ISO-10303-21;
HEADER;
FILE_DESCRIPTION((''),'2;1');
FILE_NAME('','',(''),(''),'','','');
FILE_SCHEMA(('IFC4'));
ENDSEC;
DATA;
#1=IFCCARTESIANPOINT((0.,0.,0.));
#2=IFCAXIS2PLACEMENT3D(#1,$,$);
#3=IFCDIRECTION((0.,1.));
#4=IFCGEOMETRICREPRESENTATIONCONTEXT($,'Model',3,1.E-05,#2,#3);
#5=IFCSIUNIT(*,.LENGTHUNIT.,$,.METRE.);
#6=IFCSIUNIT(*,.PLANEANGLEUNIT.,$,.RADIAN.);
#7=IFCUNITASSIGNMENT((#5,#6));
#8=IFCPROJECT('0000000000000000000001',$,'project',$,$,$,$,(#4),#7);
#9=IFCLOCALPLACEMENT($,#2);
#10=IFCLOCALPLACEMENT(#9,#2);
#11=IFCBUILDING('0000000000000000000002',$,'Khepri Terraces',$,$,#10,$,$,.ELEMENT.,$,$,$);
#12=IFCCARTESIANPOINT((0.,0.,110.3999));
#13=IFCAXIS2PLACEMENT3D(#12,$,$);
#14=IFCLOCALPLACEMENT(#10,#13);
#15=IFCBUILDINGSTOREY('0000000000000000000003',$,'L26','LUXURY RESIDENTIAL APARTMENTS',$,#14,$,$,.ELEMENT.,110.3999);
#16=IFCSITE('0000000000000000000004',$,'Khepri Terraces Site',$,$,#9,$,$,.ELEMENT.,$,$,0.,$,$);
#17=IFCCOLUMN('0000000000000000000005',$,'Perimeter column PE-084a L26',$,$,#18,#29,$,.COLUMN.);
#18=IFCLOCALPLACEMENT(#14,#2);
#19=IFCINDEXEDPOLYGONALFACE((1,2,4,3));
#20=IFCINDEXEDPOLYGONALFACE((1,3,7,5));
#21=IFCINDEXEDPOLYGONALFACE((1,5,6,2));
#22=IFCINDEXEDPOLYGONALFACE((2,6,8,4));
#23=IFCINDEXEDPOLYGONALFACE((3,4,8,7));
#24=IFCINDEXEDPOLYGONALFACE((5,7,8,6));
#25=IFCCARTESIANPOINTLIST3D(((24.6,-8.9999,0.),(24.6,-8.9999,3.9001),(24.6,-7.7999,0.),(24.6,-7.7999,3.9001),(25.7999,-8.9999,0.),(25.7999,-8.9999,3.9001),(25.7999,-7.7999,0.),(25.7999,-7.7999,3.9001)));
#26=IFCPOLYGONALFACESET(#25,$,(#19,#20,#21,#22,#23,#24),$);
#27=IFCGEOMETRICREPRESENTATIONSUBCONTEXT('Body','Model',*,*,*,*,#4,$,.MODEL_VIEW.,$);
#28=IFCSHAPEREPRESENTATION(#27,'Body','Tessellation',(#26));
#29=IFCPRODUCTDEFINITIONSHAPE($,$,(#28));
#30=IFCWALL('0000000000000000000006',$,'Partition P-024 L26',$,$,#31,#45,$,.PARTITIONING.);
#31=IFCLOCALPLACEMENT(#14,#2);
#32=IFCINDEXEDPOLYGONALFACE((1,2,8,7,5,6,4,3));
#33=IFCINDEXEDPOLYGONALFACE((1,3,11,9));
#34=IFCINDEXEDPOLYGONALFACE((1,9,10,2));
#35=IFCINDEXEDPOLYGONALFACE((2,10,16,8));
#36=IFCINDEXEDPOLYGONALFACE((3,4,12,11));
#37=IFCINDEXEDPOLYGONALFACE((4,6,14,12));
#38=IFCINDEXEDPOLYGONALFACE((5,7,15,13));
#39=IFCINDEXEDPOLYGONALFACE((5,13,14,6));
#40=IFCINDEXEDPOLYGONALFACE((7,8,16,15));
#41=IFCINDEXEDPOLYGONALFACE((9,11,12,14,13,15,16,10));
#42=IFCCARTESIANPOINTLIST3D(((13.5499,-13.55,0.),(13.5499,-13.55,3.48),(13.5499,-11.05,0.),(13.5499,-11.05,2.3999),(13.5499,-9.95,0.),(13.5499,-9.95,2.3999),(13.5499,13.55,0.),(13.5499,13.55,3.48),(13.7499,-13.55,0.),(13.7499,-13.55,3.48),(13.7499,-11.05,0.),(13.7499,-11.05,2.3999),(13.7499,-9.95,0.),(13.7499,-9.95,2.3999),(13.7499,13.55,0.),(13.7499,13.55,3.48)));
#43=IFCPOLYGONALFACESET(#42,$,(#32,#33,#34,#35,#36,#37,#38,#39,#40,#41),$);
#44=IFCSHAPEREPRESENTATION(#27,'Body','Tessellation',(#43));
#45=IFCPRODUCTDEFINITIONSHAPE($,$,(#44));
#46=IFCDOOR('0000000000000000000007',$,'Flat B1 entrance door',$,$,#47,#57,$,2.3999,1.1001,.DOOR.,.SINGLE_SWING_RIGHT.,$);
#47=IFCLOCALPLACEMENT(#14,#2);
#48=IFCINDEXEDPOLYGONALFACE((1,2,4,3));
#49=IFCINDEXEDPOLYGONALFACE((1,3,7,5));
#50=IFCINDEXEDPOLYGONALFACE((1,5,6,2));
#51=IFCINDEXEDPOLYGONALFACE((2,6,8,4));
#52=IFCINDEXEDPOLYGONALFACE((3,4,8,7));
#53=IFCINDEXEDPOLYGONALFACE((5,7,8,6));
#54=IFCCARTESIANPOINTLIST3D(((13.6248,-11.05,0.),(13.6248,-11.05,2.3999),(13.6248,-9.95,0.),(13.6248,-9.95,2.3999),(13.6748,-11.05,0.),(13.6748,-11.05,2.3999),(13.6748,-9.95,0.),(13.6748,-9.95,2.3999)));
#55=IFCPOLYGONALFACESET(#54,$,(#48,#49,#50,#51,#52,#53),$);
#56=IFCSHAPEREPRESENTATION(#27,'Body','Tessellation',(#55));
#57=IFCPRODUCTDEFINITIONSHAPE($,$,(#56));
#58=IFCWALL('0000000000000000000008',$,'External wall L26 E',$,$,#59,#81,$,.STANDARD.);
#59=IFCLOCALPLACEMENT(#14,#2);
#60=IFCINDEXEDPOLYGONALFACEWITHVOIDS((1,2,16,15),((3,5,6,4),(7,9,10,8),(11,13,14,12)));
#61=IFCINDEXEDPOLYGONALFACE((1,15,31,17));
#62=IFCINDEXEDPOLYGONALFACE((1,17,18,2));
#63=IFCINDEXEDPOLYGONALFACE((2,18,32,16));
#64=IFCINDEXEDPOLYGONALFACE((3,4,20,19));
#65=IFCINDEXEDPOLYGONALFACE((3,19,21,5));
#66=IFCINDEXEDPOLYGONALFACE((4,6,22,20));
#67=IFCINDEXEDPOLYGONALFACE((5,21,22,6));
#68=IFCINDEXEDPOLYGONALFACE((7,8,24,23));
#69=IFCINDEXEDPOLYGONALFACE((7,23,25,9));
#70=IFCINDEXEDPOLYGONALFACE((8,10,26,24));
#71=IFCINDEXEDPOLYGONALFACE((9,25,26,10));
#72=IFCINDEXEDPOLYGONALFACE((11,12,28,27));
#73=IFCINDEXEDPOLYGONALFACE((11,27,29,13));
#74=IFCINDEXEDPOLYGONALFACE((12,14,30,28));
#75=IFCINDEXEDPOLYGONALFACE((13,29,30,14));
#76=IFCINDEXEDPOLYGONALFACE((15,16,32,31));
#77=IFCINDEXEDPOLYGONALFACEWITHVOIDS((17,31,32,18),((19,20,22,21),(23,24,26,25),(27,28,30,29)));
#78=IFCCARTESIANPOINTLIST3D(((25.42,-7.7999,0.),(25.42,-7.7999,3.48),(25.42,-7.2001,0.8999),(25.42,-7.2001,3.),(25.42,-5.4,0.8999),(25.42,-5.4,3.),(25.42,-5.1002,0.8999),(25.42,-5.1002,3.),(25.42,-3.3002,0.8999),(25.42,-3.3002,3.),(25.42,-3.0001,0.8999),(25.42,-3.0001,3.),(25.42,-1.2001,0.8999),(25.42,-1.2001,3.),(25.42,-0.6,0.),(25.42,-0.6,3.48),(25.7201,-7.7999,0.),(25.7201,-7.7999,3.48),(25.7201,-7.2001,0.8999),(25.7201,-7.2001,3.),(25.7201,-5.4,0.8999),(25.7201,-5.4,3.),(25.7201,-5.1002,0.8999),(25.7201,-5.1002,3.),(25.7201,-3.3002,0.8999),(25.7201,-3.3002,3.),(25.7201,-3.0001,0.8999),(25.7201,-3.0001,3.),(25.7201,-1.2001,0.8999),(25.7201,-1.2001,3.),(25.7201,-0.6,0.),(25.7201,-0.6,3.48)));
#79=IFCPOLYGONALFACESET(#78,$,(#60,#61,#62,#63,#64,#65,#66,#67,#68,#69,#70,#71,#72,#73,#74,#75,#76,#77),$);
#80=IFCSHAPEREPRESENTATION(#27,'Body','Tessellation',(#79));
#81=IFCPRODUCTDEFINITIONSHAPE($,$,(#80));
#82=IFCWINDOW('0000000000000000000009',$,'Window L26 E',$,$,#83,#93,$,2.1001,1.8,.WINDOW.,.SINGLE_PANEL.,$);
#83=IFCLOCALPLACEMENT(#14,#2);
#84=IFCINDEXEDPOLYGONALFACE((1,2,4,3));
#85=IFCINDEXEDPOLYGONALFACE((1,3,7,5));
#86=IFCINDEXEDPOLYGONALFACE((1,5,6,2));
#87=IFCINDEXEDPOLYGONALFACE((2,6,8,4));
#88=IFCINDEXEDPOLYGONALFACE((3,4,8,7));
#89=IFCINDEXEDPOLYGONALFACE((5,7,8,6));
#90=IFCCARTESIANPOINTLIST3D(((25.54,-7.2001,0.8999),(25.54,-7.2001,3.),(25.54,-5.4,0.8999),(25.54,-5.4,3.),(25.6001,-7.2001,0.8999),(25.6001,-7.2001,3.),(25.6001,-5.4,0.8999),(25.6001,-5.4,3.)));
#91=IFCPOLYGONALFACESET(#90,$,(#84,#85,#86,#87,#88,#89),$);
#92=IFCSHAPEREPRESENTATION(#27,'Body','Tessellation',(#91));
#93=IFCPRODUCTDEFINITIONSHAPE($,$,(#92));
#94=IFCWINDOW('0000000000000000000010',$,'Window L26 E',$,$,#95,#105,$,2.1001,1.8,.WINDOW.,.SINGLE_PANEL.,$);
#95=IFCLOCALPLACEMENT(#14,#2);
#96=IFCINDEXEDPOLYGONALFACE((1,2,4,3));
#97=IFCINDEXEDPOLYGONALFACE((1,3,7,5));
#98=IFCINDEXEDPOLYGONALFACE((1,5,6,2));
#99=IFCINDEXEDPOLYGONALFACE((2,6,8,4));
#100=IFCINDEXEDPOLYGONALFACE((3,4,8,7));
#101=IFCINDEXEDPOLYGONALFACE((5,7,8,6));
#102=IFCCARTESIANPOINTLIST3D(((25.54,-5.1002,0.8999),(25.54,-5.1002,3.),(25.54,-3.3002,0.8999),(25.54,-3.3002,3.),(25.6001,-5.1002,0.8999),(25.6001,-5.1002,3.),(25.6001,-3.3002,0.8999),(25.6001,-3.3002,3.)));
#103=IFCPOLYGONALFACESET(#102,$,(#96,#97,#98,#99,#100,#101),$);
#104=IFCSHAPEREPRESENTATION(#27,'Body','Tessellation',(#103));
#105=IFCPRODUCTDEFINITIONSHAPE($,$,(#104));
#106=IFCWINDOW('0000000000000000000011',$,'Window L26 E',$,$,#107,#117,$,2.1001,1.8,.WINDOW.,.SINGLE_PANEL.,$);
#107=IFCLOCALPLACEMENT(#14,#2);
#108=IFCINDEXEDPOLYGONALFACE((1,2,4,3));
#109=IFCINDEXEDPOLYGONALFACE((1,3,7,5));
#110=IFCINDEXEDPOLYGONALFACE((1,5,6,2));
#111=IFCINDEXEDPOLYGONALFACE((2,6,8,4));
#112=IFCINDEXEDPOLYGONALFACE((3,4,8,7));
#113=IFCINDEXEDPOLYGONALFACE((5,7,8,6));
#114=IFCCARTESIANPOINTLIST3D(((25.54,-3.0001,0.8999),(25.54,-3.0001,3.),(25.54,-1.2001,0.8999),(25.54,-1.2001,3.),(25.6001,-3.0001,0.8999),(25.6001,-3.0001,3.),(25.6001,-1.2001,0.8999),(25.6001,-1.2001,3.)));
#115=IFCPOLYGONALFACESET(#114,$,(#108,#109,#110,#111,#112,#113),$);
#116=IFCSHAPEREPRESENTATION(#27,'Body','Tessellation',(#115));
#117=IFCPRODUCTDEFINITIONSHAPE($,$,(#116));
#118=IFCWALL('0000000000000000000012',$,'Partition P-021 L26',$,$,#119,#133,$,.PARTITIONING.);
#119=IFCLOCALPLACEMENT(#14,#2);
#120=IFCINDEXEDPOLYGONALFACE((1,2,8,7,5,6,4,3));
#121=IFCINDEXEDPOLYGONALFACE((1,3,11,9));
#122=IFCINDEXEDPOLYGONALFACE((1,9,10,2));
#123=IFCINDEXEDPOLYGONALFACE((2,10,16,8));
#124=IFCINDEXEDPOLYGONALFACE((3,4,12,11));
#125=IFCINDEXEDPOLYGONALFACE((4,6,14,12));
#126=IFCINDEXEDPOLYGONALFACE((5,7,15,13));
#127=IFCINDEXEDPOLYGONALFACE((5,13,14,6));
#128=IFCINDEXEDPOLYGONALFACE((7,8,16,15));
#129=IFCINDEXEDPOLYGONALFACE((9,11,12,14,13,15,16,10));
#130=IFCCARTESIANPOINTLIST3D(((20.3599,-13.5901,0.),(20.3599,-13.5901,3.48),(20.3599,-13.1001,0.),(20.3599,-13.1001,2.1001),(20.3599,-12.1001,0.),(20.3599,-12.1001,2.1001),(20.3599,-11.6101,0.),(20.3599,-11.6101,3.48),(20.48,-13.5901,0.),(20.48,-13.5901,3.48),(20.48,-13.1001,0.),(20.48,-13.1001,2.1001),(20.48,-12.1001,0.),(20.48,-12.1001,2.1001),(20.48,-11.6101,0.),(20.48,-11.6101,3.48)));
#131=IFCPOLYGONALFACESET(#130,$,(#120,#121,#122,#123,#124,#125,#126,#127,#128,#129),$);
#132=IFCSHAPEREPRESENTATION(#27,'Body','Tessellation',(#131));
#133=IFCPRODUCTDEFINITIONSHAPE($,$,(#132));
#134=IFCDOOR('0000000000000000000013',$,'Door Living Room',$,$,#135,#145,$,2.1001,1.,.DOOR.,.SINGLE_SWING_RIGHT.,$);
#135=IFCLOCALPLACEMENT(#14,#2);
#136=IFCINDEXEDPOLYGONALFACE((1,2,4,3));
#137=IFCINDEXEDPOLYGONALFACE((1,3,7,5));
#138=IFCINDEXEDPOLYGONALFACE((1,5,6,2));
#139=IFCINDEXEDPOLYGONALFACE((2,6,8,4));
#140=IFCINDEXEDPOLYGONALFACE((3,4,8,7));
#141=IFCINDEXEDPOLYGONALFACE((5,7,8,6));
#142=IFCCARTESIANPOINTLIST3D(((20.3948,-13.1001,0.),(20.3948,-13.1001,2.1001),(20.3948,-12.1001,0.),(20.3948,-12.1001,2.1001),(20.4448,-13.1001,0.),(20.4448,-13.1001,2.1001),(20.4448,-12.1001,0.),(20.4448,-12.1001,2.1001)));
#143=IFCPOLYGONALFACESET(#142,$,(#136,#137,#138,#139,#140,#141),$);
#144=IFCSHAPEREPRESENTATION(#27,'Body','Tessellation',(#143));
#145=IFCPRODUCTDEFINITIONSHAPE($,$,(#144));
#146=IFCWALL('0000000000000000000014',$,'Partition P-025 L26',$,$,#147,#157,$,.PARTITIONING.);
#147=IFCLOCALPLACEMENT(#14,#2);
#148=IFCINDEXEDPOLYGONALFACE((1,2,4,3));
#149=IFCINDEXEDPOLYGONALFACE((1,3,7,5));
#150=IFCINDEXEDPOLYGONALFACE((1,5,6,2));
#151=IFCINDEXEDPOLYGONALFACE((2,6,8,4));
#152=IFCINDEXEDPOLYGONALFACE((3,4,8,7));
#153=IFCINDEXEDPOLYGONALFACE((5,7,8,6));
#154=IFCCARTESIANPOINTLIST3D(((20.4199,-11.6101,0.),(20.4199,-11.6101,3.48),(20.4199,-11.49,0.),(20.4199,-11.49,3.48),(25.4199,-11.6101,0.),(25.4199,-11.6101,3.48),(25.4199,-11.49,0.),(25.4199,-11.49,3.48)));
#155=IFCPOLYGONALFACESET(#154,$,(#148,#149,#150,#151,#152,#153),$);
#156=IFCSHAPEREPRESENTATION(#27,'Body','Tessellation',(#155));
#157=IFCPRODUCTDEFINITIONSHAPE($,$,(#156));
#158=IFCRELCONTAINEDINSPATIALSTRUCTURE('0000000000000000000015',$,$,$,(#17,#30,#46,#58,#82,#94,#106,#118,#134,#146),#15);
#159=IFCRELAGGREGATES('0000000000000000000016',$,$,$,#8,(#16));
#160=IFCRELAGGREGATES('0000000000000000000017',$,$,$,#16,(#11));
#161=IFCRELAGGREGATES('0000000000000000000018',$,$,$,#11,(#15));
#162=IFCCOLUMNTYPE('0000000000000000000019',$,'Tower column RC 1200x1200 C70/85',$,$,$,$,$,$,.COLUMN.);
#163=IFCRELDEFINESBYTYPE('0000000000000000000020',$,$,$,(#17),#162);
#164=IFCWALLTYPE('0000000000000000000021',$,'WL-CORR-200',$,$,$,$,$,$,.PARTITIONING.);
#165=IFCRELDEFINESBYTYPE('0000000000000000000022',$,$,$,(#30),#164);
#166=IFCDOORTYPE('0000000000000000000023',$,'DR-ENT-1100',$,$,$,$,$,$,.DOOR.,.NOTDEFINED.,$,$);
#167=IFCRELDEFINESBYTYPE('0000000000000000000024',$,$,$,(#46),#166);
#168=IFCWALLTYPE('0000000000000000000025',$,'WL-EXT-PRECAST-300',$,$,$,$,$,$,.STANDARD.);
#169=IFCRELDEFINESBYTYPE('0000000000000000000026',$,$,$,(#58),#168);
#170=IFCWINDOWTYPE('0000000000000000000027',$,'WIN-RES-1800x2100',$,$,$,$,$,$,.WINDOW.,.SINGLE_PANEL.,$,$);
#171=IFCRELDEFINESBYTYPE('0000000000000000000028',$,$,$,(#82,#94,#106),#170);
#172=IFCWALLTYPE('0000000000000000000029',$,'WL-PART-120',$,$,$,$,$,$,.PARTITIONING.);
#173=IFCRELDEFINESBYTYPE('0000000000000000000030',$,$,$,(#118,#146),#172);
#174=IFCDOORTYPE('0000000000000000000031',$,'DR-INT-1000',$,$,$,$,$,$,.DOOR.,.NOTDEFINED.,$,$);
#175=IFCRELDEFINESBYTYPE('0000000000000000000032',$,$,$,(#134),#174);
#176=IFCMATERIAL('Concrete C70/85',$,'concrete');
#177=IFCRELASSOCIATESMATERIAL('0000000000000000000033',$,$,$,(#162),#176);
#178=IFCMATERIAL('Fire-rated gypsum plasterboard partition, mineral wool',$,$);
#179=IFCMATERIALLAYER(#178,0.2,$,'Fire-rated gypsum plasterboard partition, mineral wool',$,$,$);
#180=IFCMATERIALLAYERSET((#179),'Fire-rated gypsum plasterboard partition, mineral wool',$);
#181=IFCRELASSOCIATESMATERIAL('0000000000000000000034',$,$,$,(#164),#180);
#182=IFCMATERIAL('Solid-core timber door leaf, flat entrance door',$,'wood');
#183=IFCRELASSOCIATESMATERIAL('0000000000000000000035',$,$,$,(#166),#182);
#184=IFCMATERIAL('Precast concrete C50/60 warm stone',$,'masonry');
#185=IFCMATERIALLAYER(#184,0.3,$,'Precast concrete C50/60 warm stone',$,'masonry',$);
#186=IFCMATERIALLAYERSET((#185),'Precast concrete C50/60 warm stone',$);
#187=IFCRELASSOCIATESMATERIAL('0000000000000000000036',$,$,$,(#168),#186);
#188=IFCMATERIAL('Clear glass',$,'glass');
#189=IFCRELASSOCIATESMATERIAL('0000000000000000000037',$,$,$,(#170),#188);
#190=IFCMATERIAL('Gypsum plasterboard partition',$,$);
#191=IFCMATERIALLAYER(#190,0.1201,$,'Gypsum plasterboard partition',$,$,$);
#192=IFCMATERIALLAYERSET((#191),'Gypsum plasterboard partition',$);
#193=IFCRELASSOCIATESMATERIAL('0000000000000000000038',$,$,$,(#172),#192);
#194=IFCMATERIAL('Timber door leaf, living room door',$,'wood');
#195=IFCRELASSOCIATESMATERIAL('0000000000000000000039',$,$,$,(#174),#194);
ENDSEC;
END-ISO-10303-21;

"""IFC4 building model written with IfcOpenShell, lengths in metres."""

from ifc_helpers import new_model, si_unit, direction, frame, frame_2d, origin, origin_2d, place, context, subcontext, project, spatial, rectangle, extrude, material, layer, layer_set, material_profile, profile_set, type_object, element, fill, save


model = new_model("IFC4")

# Units and contexts
model_context = context("Model", 3, precision=1e-05, world=origin(), true_north=direction((0.0, 1.0)))
body_context = subcontext(model_context, "Body", "Model", "MODEL_VIEW")
ifc_project = project(units=[si_unit("LENGTHUNIT", "METRE"), si_unit("PLANEANGLEUNIT", "RADIAN")], contexts=[model_context])

# Site, building, storey
site_placement = place(None, origin())
site = spatial("IfcSite", under=ifc_project, at=site_placement, Name="Khepri Terraces Site", CompositionType="ELEMENT", RefElevation=0.0)
building_placement = place(site_placement, origin())
building = spatial("IfcBuilding", under=site, at=building_placement, Name="Khepri Terraces", CompositionType="ELEMENT")
storey_placement = place(building_placement, frame((0.0, 0.0, 110.3999)))
storey = spatial("IfcBuildingStorey", under=building, at=storey_placement, Name="L26", Description="LUXURY RESIDENTIAL APARTMENTS", CompositionType="ELEMENT", Elevation=110.3999)

# Column
ifc_material_1 = material(Name="Concrete C70/85", Category="concrete")
ifc_material_profile = material_profile(ifc_material_1, rectangle(XDim=1.2, YDim=1.2, at=origin_2d()), Name="Concrete C70/85", Category="concrete")
ifc_profile_set = profile_set([ifc_material_profile], Name="Concrete C70/85")
column_type = type_object("IfcColumnType", Name="Tower column RC 1200x1200 C70/85", PredefinedType="COLUMN", material=ifc_profile_set)
column_placement = place(storey_placement, frame((25.2, -8.3999, 0.0), z_axis=(0.0, 0.0, 1.0), x_axis=(1.0, 0.0, 0.0)))
element("IfcColumn", 1, at=column_placement, inside=storey, type_object=column_type, Name="Perimeter column PE-084a L26", PredefinedType="COLUMN", context=body_context, shape_type="SweptSolid", body=[
    extrude(rectangle(XDim=1.2, YDim=1.2, at=origin_2d()), origin(), (0.0, 0.0, 1.0), 3.9001),
])

# Wall, opening, door
ifc_material_2 = material(Name="Fire-rated gypsum plasterboard partition, mineral wool")
ifc_layer_1 = layer(ifc_material_2, 0.2, Name="Fire-rated gypsum plasterboard partition, mineral wool")
ifc_layer_set_1 = layer_set([ifc_layer_1], Name="Fire-rated gypsum plasterboard partition, mineral wool")
wall_type_1 = type_object("IfcWallType", Name="WL-CORR-200", PredefinedType="PARTITIONING", material=ifc_layer_set_1)
wall_1_placement = place(storey_placement, frame((13.6499, -13.55, 0.0), z_axis=(0.0, 0.0, 1.0), x_axis=(0.0, 1.0, 0.0)))
wall_1 = element("IfcWall", 2, at=wall_1_placement, inside=storey, type_object=wall_type_1, Name="Partition P-024 L26", PredefinedType="PARTITIONING", context=body_context, shape_type="SweptSolid", body=[
    extrude(rectangle(XDim=27.1001, YDim=0.2, at=frame_2d((13.55, 0.0))), origin(), (0.0, 0.0, 1.0), 3.48),
])
opening_1_placement = place(wall_1_placement, frame((2.5, 0.0, 0.0)))
opening_1 = element("IfcOpeningElement", 3, at=opening_1_placement, cuts=wall_1, PredefinedType="OPENING", context=body_context, shape_type="SweptSolid", body=[
    extrude(rectangle(XDim=1.1001, YDim=2.3999, at=frame_2d((0.55, 1.2))), frame((0.0, 0.1099, 0.0), z_axis=(0.0, -1.0, 0.0), x_axis=(1.0, 0.0, 0.0)), (0.0, 0.0, 1.0), 0.22),
])
ifc_material_3 = material(Name="Solid-core timber door leaf, flat entrance door", Category="wood")
door_type_1 = type_object("IfcDoorType", Name="DR-ENT-1100", OperationType="NOTDEFINED", PredefinedType="DOOR", material=ifc_material_3)
door_1_placement = place(opening_1_placement, frame((1.1001, 0.0, 0.0), z_axis=(0.0, 0.0, 1.0), x_axis=(-1.0, 0.0, 0.0)))
door_1 = element("IfcDoor", 4, at=door_1_placement, inside=storey, type_object=door_type_1, Name="Flat B1 entrance door", OperationType="SINGLE_SWING_RIGHT", OverallHeight=2.3999, OverallWidth=1.1001, PredefinedType="DOOR", context=body_context, shape_type="SweptSolid", body=[
    extrude(rectangle(XDim=1.1001, YDim=2.3999, at=frame_2d((0.55, 1.2))), frame((0.0, 0.0249, 0.0), z_axis=(0.0, -1.0, 0.0), x_axis=(1.0, 0.0, 0.0)), (0.0, 0.0, 1.0), 0.05),
])
fill(opening_1, door_1)

# Wall, openings, windows
ifc_material_4 = material(Name="Precast concrete C50/60 warm stone", Category="masonry")
ifc_layer_2 = layer(ifc_material_4, 0.3, Name="Precast concrete C50/60 warm stone", Category="masonry")
ifc_layer_set_2 = layer_set([ifc_layer_2], Name="Precast concrete C50/60 warm stone")
wall_type_2 = type_object("IfcWallType", Name="WL-EXT-PRECAST-300", PredefinedType="STANDARD", material=ifc_layer_set_2)
wall_2_placement = place(storey_placement, frame((25.5701, -7.8, 0.0), z_axis=(0.0, 0.0, 1.0), x_axis=(0.0, 1.0, 0.0)))
wall_2 = element("IfcWall", 5, at=wall_2_placement, inside=storey, type_object=wall_type_2, Name="External wall L26 E", PredefinedType="STANDARD", context=body_context, shape_type="SweptSolid", body=[
    extrude(rectangle(XDim=7.2, YDim=0.3, at=frame_2d((3.6001, 0.0))), origin(), (0.0, 0.0, 1.0), 3.48),
])
opening_2_placement = place(wall_2_placement, frame((0.6001, 0.0, 0.8999)))
opening_2 = element("IfcOpeningElement", 6, at=opening_2_placement, cuts=wall_2, PredefinedType="OPENING", context=body_context, shape_type="SweptSolid", body=[
    extrude(rectangle(XDim=1.8, YDim=2.1001, at=frame_2d((0.8999, 1.05))), frame((0.0, 0.1602, 0.0), z_axis=(0.0, -1.0, 0.0), x_axis=(1.0, 0.0, 0.0)), (0.0, 0.0, 1.0), 0.3201),
])
opening_3_placement = place(wall_2_placement, frame((2.7, 0.0, 0.8999)))
opening_3 = element("IfcOpeningElement", 7, at=opening_3_placement, cuts=wall_2, PredefinedType="OPENING", context=body_context, shape_type="SweptSolid", body=[
    extrude(rectangle(XDim=1.8, YDim=2.1001, at=frame_2d((0.8999, 1.05))), frame((0.0, 0.1602, 0.0), z_axis=(0.0, -1.0, 0.0), x_axis=(1.0, 0.0, 0.0)), (0.0, 0.0, 1.0), 0.3201),
])
opening_4_placement = place(wall_2_placement, frame((4.8, 0.0, 0.8999)))
opening_4 = element("IfcOpeningElement", 8, at=opening_4_placement, cuts=wall_2, PredefinedType="OPENING", context=body_context, shape_type="SweptSolid", body=[
    extrude(rectangle(XDim=1.8, YDim=2.1001, at=frame_2d((0.8999, 1.05))), frame((0.0, 0.1602, 0.0), z_axis=(0.0, -1.0, 0.0), x_axis=(1.0, 0.0, 0.0)), (0.0, 0.0, 1.0), 0.3201),
])
ifc_material_5 = material(Name="Clear glass", Category="glass")
window_type = type_object("IfcWindowType", Name="WIN-RES-1800x2100", PartitioningType="SINGLE_PANEL", PredefinedType="WINDOW", material=ifc_material_5)
window_1_placement = place(opening_2_placement, origin())
window_1 = element("IfcWindow", 9, at=window_1_placement, inside=storey, type_object=window_type, Name="Window L26 E", OverallHeight=2.1001, OverallWidth=1.8, PartitioningType="SINGLE_PANEL", PredefinedType="WINDOW", context=body_context, shape_type="SweptSolid", body=[
    extrude(rectangle(XDim=1.8, YDim=2.1001, at=frame_2d((0.8999, 1.05))), frame((0.0, 0.03, 0.0), z_axis=(0.0, -1.0, 0.0), x_axis=(1.0, 0.0, 0.0)), (0.0, 0.0, 1.0), 0.0601),
])
fill(opening_2, window_1)
window_2_placement = place(opening_3_placement, origin())
window_2 = element("IfcWindow", 10, at=window_2_placement, inside=storey, type_object=window_type, Name="Window L26 E", OverallHeight=2.1001, OverallWidth=1.8, PartitioningType="SINGLE_PANEL", PredefinedType="WINDOW", context=body_context, shape_type="SweptSolid", body=[
    extrude(rectangle(XDim=1.8, YDim=2.1001, at=frame_2d((0.8999, 1.05))), frame((0.0, 0.03, 0.0), z_axis=(0.0, -1.0, 0.0), x_axis=(1.0, 0.0, 0.0)), (0.0, 0.0, 1.0), 0.0601),
])
fill(opening_3, window_2)
window_3_placement = place(opening_4_placement, origin())
window_3 = element("IfcWindow", 11, at=window_3_placement, inside=storey, type_object=window_type, Name="Window L26 E", OverallHeight=2.1001, OverallWidth=1.8, PartitioningType="SINGLE_PANEL", PredefinedType="WINDOW", context=body_context, shape_type="SweptSolid", body=[
    extrude(rectangle(XDim=1.8, YDim=2.1001, at=frame_2d((0.8999, 1.05))), frame((0.0, 0.03, 0.0), z_axis=(0.0, -1.0, 0.0), x_axis=(1.0, 0.0, 0.0)), (0.0, 0.0, 1.0), 0.0601),
])
fill(opening_4, window_3)

# Wall, opening, door
ifc_material_6 = material(Name="Gypsum plasterboard partition")
ifc_layer_3 = layer(ifc_material_6, 0.1201, Name="Gypsum plasterboard partition")
ifc_layer_set_3 = layer_set([ifc_layer_3], Name="Gypsum plasterboard partition")
wall_type_3 = type_object("IfcWallType", Name="WL-PART-120", PredefinedType="PARTITIONING", material=ifc_layer_set_3)
wall_3_placement = place(storey_placement, frame((20.4199, -13.5901, 0.0), z_axis=(0.0, 0.0, 1.0), x_axis=(0.0, 1.0, 0.0)))
wall_3 = element("IfcWall", 12, at=wall_3_placement, inside=storey, type_object=wall_type_3, Name="Partition P-021 L26", PredefinedType="PARTITIONING", context=body_context, shape_type="SweptSolid", body=[
    extrude(rectangle(XDim=1.98, YDim=0.1201, at=frame_2d((0.99, 0.0))), origin(), (0.0, 0.0, 1.0), 3.48),
])
opening_5_placement = place(wall_3_placement, frame((0.49, 0.0, 0.0)))
opening_5 = element("IfcOpeningElement", 13, at=opening_5_placement, cuts=wall_3, PredefinedType="OPENING", context=body_context, shape_type="SweptSolid", body=[
    extrude(rectangle(XDim=1.0, YDim=2.1001, at=frame_2d((0.5, 1.05))), frame((0.0, 0.0701, 0.0), z_axis=(0.0, -1.0, 0.0), x_axis=(1.0, 0.0, 0.0)), (0.0, 0.0, 1.0), 0.1401),
])
ifc_material_7 = material(Name="Timber door leaf, living room door", Category="wood")
door_type_2 = type_object("IfcDoorType", Name="DR-INT-1000", OperationType="NOTDEFINED", PredefinedType="DOOR", material=ifc_material_7)
door_2_placement = place(opening_5_placement, frame((1.0, 0.0, 0.0), z_axis=(0.0, 0.0, 1.0), x_axis=(-1.0, 0.0, 0.0)))
door_2 = element("IfcDoor", 14, at=door_2_placement, inside=storey, type_object=door_type_2, Name="Door Living Room", OperationType="SINGLE_SWING_RIGHT", OverallHeight=2.1001, OverallWidth=1.0, PredefinedType="DOOR", context=body_context, shape_type="SweptSolid", body=[
    extrude(rectangle(XDim=1.0, YDim=2.1001, at=frame_2d((0.5, 1.05))), frame((0.0, 0.0249, 0.0), z_axis=(0.0, -1.0, 0.0), x_axis=(1.0, 0.0, 0.0)), (0.0, 0.0, 1.0), 0.05),
])
fill(opening_5, door_2)

# Wall
wall_4_placement = place(storey_placement, frame((20.4199, -11.55, 0.0), z_axis=(0.0, 0.0, 1.0), x_axis=(1.0, 0.0, 0.0)))
element("IfcWall", 15, at=wall_4_placement, inside=storey, type_object=wall_type_3, Name="Partition P-025 L26", PredefinedType="PARTITIONING", context=body_context, shape_type="SweptSolid", body=[
    extrude(rectangle(XDim=5.0, YDim=0.1201, at=frame_2d((2.5, 0.0))), origin(), (0.0, 0.0, 1.0), 3.48),
])

save(model, "model.ifc")
